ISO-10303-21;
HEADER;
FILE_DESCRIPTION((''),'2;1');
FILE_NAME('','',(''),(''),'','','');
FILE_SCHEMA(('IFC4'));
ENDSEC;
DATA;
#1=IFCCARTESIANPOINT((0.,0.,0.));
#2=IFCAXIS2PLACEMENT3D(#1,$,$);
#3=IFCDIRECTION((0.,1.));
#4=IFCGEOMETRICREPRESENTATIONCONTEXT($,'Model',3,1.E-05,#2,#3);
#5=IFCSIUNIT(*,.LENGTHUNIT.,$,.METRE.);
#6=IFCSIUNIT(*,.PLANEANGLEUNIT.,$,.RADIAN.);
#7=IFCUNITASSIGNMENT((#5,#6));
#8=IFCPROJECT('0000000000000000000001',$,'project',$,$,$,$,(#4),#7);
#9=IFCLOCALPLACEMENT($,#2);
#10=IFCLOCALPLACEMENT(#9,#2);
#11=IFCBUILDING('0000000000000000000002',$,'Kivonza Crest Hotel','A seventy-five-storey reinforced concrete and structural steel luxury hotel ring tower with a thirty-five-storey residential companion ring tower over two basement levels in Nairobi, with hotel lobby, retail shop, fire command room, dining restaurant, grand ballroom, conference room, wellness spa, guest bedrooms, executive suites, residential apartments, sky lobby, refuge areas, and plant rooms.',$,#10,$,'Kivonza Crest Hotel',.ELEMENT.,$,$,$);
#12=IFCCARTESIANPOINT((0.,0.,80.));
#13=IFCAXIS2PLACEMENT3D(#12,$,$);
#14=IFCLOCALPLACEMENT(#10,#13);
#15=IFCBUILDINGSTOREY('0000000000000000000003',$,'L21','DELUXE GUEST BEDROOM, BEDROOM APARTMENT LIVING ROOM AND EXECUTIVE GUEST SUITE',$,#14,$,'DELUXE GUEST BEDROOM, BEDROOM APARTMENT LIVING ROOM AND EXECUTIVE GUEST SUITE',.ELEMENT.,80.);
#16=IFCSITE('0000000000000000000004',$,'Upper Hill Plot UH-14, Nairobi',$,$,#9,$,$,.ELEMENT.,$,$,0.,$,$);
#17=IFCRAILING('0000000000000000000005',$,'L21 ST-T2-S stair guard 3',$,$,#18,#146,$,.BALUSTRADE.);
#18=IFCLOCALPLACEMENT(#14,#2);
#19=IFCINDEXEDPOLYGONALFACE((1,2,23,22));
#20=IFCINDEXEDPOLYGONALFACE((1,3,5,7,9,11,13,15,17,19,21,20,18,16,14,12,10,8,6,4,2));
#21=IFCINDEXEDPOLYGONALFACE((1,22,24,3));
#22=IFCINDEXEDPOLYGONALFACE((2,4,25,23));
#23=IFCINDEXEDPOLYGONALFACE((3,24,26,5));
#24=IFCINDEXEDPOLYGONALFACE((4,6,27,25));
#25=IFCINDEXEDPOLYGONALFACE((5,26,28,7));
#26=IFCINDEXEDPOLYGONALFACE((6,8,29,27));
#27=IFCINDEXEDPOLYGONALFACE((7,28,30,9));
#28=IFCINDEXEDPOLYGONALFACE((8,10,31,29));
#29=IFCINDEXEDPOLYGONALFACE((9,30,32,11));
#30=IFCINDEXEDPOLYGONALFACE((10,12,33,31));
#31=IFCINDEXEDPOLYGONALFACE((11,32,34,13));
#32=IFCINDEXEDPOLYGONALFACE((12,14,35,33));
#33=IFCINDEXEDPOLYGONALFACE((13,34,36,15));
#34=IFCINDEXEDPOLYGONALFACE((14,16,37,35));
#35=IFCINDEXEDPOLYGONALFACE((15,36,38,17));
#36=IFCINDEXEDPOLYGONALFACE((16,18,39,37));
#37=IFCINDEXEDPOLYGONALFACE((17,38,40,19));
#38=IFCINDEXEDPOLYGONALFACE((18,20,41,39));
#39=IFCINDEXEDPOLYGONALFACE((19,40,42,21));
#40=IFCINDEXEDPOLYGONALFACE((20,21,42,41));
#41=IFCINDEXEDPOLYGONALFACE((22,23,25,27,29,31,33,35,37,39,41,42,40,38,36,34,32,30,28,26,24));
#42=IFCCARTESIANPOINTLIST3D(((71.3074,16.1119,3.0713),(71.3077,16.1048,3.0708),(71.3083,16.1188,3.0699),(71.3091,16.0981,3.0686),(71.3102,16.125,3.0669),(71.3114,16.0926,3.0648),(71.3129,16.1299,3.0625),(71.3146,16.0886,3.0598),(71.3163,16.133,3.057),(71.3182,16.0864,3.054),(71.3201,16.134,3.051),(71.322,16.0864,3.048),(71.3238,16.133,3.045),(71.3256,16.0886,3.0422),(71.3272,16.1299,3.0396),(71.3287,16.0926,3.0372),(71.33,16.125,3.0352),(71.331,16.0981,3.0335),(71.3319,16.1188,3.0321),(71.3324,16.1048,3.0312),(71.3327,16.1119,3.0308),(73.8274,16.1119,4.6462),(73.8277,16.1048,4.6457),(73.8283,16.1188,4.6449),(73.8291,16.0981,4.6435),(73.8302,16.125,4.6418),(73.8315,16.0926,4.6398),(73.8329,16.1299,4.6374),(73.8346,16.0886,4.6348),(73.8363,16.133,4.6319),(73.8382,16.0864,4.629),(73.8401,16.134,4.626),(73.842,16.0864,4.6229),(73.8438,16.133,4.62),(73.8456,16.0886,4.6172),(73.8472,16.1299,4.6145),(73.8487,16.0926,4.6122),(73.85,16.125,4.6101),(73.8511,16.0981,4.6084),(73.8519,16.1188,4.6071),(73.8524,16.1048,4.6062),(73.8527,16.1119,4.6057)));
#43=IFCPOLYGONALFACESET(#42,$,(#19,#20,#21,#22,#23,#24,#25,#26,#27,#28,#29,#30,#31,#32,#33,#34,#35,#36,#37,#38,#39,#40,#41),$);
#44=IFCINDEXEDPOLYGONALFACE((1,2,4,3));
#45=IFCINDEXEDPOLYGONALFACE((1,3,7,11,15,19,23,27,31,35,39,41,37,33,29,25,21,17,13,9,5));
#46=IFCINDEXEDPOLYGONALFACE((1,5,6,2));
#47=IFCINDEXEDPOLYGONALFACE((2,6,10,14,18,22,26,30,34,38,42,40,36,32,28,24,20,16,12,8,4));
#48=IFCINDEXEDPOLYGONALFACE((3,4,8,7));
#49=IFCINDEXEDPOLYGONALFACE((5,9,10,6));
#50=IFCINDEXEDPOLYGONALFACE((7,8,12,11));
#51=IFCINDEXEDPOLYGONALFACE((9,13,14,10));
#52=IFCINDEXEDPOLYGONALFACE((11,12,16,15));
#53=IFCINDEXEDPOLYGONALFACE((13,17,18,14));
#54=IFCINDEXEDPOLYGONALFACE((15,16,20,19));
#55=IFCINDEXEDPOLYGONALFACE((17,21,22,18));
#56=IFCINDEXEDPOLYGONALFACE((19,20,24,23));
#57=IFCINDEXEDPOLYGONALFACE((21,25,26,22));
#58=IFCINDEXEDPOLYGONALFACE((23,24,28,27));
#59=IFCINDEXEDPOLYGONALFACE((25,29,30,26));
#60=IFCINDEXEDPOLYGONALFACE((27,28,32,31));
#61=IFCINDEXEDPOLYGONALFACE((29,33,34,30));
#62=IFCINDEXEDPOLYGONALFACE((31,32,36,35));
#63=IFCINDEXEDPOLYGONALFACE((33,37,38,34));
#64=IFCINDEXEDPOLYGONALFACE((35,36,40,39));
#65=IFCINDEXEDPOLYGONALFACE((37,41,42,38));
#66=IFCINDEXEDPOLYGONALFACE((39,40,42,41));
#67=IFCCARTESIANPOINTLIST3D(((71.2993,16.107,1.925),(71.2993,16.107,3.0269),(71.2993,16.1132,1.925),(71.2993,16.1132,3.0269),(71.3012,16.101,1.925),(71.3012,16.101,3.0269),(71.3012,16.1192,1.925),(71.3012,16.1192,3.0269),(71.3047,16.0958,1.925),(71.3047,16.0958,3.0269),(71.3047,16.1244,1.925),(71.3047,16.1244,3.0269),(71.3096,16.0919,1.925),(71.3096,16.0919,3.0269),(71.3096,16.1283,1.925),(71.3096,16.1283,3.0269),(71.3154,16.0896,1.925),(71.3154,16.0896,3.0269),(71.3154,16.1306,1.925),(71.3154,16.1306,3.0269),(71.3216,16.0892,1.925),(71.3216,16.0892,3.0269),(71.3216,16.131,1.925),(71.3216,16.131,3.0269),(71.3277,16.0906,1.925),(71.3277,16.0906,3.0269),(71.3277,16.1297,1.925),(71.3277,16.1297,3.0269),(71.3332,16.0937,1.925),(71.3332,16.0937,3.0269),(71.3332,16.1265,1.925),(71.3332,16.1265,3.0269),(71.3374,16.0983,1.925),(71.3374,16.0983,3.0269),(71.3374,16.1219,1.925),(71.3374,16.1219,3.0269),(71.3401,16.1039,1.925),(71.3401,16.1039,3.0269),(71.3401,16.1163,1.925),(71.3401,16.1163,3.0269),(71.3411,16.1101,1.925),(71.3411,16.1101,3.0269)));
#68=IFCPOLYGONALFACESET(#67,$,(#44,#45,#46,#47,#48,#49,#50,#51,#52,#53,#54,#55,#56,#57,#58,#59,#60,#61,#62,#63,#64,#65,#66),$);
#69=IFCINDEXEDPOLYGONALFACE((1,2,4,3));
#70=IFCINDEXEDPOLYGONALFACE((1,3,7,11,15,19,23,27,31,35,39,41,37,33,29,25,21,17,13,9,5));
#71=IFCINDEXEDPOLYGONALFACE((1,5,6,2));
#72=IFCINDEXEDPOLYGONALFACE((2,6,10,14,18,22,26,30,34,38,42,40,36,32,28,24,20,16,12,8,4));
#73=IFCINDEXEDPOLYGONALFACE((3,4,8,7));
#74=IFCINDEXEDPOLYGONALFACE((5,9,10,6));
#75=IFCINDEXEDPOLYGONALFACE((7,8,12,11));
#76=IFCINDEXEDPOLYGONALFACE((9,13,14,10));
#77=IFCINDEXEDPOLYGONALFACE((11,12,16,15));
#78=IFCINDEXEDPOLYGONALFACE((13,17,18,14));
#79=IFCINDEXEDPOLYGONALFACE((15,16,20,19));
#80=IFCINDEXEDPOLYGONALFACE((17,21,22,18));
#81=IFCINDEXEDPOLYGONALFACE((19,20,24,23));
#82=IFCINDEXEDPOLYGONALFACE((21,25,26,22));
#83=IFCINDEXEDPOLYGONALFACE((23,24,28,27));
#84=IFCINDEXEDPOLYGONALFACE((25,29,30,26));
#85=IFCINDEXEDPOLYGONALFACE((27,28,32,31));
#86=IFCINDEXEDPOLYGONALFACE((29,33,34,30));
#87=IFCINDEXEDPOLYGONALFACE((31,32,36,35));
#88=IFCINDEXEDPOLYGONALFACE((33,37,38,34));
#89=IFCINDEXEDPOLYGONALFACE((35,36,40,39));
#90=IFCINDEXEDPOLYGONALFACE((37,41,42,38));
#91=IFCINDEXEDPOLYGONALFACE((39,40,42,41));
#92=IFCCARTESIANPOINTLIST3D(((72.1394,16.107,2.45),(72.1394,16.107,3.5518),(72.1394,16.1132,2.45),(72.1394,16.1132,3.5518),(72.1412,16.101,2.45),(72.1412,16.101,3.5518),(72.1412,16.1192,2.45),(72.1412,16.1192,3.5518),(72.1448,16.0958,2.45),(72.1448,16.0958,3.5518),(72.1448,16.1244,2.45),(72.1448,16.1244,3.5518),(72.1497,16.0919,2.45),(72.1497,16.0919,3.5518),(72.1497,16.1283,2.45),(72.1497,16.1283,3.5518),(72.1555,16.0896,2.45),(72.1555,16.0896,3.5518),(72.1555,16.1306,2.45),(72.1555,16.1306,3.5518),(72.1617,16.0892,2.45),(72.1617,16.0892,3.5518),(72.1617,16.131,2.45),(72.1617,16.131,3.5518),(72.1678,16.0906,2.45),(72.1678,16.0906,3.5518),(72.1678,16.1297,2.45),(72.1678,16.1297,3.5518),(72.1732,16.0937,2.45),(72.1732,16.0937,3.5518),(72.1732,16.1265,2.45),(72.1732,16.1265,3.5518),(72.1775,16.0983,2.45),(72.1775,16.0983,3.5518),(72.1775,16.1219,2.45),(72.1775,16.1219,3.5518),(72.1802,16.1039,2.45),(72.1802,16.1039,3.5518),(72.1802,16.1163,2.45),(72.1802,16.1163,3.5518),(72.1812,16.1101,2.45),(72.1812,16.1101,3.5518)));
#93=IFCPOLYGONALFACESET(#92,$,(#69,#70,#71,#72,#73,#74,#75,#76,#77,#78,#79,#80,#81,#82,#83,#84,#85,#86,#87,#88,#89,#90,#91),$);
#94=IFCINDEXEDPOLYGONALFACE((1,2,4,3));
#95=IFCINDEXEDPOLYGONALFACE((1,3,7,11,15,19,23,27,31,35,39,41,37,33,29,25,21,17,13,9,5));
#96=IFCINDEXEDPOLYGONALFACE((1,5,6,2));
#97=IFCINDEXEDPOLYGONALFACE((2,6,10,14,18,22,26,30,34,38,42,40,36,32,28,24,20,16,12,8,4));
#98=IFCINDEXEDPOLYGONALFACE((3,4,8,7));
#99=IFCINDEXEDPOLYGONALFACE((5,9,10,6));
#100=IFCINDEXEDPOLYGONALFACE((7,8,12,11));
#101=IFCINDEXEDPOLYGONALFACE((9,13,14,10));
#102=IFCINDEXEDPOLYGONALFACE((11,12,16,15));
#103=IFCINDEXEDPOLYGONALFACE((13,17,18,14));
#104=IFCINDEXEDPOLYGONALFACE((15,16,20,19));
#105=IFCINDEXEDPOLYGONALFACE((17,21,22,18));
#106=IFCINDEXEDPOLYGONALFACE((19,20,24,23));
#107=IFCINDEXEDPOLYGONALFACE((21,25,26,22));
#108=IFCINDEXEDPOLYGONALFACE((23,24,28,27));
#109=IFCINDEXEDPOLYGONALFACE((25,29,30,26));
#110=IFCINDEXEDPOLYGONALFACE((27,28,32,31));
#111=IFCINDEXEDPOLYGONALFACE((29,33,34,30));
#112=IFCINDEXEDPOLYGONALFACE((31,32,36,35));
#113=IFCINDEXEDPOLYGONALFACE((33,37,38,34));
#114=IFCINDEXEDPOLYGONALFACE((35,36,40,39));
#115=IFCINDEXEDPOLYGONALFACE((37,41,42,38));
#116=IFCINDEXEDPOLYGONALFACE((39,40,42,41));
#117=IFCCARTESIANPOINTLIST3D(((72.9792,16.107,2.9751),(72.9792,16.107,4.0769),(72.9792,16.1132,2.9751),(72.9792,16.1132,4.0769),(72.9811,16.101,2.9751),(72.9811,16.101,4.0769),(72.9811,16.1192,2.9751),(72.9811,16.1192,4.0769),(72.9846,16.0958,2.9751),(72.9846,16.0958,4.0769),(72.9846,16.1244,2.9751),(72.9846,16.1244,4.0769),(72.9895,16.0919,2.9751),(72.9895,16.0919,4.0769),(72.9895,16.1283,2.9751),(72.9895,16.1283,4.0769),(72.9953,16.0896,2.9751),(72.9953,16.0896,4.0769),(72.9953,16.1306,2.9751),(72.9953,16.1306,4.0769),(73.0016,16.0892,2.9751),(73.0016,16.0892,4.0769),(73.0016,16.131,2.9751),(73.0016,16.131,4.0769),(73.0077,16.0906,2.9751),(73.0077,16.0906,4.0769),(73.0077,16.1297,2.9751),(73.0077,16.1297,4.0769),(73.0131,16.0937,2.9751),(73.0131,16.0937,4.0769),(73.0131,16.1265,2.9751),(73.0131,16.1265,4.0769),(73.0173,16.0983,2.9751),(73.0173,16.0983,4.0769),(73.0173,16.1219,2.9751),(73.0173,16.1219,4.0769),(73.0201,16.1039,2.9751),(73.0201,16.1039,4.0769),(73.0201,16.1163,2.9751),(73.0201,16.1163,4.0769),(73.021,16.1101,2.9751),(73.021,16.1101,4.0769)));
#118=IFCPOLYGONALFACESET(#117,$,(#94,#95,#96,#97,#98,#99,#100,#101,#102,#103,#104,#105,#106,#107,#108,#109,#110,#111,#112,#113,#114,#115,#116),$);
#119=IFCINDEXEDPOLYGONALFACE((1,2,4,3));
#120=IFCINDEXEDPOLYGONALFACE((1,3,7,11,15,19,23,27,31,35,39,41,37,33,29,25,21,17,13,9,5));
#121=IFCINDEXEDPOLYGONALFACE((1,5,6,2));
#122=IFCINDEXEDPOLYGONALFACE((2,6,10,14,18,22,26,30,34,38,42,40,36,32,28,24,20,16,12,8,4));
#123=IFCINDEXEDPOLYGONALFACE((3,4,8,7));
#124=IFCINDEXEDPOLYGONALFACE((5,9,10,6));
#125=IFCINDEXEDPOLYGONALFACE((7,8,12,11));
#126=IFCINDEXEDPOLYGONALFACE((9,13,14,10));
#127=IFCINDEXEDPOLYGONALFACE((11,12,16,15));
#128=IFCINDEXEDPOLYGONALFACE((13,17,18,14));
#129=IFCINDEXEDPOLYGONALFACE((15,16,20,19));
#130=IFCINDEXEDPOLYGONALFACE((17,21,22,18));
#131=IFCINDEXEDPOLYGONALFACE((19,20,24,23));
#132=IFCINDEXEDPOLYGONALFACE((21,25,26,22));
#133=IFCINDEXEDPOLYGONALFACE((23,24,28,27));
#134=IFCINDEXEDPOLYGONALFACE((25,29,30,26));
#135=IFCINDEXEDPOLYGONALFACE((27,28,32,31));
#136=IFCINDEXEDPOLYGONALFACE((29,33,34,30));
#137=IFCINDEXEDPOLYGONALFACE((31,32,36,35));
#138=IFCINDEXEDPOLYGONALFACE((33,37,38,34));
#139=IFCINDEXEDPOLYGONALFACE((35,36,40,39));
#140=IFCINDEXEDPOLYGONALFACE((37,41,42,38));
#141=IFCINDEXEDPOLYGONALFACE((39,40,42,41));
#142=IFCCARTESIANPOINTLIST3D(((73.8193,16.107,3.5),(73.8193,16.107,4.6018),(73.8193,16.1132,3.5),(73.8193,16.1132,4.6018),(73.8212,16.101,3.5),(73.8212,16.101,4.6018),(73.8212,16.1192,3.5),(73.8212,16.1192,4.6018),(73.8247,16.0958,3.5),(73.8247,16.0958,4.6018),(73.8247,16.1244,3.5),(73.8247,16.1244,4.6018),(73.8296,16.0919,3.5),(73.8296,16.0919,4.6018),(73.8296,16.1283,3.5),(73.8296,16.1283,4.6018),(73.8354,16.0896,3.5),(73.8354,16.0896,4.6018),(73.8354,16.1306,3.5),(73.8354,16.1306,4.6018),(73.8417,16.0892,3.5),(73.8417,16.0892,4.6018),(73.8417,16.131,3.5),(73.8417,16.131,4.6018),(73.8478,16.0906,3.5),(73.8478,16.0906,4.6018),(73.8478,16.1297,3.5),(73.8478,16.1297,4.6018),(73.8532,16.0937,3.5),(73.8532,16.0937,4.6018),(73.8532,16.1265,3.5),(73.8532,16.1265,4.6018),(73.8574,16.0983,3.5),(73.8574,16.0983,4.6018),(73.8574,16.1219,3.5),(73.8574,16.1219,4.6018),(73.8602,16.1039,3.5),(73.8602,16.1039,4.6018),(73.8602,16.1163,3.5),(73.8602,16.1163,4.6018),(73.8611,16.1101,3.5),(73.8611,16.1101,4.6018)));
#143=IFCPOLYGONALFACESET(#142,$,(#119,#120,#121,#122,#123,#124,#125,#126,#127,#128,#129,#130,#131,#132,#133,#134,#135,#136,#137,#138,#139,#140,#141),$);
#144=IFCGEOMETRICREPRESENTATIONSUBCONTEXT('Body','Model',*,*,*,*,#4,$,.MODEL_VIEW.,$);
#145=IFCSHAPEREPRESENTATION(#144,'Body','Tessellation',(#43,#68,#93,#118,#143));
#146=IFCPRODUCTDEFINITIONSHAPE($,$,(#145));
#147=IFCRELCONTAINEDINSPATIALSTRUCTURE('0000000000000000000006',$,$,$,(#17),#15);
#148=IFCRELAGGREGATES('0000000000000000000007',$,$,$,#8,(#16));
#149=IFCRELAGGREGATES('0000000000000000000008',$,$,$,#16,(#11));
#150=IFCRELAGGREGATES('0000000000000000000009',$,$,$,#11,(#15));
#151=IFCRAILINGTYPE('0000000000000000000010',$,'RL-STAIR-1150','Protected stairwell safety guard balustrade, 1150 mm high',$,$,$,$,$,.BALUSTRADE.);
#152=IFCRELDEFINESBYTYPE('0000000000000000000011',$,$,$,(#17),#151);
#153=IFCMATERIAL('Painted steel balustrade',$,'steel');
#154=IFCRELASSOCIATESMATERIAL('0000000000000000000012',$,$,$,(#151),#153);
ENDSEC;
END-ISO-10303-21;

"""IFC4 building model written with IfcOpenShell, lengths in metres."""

from ifc_helpers import new_model, si_unit, direction, frame, origin, origin_2d, place, context, subcontext, project, spatial, circle, extrude, material, type_object, element, save


model = new_model("IFC4")

# Units and contexts
model_context = context("Model", 3, precision=1e-05, world=origin(), true_north=direction((0.0, 1.0)))
body_context = subcontext(model_context, "Body", "Model", "MODEL_VIEW")
ifc_project = project(units=[si_unit("LENGTHUNIT", "METRE"), si_unit("PLANEANGLEUNIT", "RADIAN")], contexts=[model_context])

# Site, building, storey
site_placement = place(None, origin())
site = spatial("IfcSite", under=ifc_project, at=site_placement, Name="Upper Hill Plot UH-14, Nairobi", CompositionType="ELEMENT", RefElevation=0.0)
building_placement = place(site_placement, origin())
building = spatial("IfcBuilding", under=site, at=building_placement, Name="Kivonza Crest Hotel", Description="A seventy-five-storey reinforced concrete and structural steel luxury hotel ring tower with a thirty-five-storey residential companion ring tower over two basement levels in Nairobi, with hotel lobby, retail shop, fire command room, dining restaurant, grand ballroom, conference room, wellness spa, guest bedrooms, executive suites, residential apartments, sky lobby, refuge areas, and plant rooms.", LongName="Kivonza Crest Hotel", CompositionType="ELEMENT")
storey_placement = place(building_placement, frame((0.0, 0.0, 80.0)))
storey = spatial("IfcBuildingStorey", under=building, at=storey_placement, Name="L21", Description="DELUXE GUEST BEDROOM, BEDROOM APARTMENT LIVING ROOM AND EXECUTIVE GUEST SUITE", LongName="DELUXE GUEST BEDROOM, BEDROOM APARTMENT LIVING ROOM AND EXECUTIVE GUEST SUITE", CompositionType="ELEMENT", Elevation=80.0)

# Railing
ifc_material_1 = material(Name="Painted steel balustrade", Category="steel")
railing_type_1 = type_object("IfcRailingType", Name="RL-STAIR-1150", Description="Protected stairwell safety guard balustrade, 1150 mm high", PredefinedType="BALUSTRADE", material=ifc_material_1)
railing_1_placement = place(storey_placement, frame((71.3201, 16.1101, 1.925)))
element("IfcRailing", 1, at=railing_1_placement, inside=storey, type_object=railing_type_1, Name="L21 ST-T2-S stair guard 3", PredefinedType="BALUSTRADE", context=body_context, shape_type="SweptSolid", body=[
    extrude(circle(Radius=0.0239, at=origin_2d()), frame((0.0, 0.0, 1.126), z_axis=(0.848008, 0.0, 0.529984), x_axis=(0.0, 1.0, 0.0)), (0.0, 0.0, 1.0), 2.9717),
    extrude(circle(Radius=0.021, at=origin_2d()), origin(), (0.0, 0.0, 1.0), 1.1018),
    extrude(circle(Radius=0.021, at=origin_2d()), frame((0.8401, 0.0, 0.5249)), (0.0, 0.0, 1.0), 1.1018),
    extrude(circle(Radius=0.021, at=origin_2d()), frame((1.6799, 0.0, 1.05)), (0.0, 0.0, 1.0), 1.1018),
    extrude(circle(Radius=0.021, at=origin_2d()), frame((2.52, 0.0, 1.575)), (0.0, 0.0, 1.0), 1.1018),
])

save(model, "model.ifc")
